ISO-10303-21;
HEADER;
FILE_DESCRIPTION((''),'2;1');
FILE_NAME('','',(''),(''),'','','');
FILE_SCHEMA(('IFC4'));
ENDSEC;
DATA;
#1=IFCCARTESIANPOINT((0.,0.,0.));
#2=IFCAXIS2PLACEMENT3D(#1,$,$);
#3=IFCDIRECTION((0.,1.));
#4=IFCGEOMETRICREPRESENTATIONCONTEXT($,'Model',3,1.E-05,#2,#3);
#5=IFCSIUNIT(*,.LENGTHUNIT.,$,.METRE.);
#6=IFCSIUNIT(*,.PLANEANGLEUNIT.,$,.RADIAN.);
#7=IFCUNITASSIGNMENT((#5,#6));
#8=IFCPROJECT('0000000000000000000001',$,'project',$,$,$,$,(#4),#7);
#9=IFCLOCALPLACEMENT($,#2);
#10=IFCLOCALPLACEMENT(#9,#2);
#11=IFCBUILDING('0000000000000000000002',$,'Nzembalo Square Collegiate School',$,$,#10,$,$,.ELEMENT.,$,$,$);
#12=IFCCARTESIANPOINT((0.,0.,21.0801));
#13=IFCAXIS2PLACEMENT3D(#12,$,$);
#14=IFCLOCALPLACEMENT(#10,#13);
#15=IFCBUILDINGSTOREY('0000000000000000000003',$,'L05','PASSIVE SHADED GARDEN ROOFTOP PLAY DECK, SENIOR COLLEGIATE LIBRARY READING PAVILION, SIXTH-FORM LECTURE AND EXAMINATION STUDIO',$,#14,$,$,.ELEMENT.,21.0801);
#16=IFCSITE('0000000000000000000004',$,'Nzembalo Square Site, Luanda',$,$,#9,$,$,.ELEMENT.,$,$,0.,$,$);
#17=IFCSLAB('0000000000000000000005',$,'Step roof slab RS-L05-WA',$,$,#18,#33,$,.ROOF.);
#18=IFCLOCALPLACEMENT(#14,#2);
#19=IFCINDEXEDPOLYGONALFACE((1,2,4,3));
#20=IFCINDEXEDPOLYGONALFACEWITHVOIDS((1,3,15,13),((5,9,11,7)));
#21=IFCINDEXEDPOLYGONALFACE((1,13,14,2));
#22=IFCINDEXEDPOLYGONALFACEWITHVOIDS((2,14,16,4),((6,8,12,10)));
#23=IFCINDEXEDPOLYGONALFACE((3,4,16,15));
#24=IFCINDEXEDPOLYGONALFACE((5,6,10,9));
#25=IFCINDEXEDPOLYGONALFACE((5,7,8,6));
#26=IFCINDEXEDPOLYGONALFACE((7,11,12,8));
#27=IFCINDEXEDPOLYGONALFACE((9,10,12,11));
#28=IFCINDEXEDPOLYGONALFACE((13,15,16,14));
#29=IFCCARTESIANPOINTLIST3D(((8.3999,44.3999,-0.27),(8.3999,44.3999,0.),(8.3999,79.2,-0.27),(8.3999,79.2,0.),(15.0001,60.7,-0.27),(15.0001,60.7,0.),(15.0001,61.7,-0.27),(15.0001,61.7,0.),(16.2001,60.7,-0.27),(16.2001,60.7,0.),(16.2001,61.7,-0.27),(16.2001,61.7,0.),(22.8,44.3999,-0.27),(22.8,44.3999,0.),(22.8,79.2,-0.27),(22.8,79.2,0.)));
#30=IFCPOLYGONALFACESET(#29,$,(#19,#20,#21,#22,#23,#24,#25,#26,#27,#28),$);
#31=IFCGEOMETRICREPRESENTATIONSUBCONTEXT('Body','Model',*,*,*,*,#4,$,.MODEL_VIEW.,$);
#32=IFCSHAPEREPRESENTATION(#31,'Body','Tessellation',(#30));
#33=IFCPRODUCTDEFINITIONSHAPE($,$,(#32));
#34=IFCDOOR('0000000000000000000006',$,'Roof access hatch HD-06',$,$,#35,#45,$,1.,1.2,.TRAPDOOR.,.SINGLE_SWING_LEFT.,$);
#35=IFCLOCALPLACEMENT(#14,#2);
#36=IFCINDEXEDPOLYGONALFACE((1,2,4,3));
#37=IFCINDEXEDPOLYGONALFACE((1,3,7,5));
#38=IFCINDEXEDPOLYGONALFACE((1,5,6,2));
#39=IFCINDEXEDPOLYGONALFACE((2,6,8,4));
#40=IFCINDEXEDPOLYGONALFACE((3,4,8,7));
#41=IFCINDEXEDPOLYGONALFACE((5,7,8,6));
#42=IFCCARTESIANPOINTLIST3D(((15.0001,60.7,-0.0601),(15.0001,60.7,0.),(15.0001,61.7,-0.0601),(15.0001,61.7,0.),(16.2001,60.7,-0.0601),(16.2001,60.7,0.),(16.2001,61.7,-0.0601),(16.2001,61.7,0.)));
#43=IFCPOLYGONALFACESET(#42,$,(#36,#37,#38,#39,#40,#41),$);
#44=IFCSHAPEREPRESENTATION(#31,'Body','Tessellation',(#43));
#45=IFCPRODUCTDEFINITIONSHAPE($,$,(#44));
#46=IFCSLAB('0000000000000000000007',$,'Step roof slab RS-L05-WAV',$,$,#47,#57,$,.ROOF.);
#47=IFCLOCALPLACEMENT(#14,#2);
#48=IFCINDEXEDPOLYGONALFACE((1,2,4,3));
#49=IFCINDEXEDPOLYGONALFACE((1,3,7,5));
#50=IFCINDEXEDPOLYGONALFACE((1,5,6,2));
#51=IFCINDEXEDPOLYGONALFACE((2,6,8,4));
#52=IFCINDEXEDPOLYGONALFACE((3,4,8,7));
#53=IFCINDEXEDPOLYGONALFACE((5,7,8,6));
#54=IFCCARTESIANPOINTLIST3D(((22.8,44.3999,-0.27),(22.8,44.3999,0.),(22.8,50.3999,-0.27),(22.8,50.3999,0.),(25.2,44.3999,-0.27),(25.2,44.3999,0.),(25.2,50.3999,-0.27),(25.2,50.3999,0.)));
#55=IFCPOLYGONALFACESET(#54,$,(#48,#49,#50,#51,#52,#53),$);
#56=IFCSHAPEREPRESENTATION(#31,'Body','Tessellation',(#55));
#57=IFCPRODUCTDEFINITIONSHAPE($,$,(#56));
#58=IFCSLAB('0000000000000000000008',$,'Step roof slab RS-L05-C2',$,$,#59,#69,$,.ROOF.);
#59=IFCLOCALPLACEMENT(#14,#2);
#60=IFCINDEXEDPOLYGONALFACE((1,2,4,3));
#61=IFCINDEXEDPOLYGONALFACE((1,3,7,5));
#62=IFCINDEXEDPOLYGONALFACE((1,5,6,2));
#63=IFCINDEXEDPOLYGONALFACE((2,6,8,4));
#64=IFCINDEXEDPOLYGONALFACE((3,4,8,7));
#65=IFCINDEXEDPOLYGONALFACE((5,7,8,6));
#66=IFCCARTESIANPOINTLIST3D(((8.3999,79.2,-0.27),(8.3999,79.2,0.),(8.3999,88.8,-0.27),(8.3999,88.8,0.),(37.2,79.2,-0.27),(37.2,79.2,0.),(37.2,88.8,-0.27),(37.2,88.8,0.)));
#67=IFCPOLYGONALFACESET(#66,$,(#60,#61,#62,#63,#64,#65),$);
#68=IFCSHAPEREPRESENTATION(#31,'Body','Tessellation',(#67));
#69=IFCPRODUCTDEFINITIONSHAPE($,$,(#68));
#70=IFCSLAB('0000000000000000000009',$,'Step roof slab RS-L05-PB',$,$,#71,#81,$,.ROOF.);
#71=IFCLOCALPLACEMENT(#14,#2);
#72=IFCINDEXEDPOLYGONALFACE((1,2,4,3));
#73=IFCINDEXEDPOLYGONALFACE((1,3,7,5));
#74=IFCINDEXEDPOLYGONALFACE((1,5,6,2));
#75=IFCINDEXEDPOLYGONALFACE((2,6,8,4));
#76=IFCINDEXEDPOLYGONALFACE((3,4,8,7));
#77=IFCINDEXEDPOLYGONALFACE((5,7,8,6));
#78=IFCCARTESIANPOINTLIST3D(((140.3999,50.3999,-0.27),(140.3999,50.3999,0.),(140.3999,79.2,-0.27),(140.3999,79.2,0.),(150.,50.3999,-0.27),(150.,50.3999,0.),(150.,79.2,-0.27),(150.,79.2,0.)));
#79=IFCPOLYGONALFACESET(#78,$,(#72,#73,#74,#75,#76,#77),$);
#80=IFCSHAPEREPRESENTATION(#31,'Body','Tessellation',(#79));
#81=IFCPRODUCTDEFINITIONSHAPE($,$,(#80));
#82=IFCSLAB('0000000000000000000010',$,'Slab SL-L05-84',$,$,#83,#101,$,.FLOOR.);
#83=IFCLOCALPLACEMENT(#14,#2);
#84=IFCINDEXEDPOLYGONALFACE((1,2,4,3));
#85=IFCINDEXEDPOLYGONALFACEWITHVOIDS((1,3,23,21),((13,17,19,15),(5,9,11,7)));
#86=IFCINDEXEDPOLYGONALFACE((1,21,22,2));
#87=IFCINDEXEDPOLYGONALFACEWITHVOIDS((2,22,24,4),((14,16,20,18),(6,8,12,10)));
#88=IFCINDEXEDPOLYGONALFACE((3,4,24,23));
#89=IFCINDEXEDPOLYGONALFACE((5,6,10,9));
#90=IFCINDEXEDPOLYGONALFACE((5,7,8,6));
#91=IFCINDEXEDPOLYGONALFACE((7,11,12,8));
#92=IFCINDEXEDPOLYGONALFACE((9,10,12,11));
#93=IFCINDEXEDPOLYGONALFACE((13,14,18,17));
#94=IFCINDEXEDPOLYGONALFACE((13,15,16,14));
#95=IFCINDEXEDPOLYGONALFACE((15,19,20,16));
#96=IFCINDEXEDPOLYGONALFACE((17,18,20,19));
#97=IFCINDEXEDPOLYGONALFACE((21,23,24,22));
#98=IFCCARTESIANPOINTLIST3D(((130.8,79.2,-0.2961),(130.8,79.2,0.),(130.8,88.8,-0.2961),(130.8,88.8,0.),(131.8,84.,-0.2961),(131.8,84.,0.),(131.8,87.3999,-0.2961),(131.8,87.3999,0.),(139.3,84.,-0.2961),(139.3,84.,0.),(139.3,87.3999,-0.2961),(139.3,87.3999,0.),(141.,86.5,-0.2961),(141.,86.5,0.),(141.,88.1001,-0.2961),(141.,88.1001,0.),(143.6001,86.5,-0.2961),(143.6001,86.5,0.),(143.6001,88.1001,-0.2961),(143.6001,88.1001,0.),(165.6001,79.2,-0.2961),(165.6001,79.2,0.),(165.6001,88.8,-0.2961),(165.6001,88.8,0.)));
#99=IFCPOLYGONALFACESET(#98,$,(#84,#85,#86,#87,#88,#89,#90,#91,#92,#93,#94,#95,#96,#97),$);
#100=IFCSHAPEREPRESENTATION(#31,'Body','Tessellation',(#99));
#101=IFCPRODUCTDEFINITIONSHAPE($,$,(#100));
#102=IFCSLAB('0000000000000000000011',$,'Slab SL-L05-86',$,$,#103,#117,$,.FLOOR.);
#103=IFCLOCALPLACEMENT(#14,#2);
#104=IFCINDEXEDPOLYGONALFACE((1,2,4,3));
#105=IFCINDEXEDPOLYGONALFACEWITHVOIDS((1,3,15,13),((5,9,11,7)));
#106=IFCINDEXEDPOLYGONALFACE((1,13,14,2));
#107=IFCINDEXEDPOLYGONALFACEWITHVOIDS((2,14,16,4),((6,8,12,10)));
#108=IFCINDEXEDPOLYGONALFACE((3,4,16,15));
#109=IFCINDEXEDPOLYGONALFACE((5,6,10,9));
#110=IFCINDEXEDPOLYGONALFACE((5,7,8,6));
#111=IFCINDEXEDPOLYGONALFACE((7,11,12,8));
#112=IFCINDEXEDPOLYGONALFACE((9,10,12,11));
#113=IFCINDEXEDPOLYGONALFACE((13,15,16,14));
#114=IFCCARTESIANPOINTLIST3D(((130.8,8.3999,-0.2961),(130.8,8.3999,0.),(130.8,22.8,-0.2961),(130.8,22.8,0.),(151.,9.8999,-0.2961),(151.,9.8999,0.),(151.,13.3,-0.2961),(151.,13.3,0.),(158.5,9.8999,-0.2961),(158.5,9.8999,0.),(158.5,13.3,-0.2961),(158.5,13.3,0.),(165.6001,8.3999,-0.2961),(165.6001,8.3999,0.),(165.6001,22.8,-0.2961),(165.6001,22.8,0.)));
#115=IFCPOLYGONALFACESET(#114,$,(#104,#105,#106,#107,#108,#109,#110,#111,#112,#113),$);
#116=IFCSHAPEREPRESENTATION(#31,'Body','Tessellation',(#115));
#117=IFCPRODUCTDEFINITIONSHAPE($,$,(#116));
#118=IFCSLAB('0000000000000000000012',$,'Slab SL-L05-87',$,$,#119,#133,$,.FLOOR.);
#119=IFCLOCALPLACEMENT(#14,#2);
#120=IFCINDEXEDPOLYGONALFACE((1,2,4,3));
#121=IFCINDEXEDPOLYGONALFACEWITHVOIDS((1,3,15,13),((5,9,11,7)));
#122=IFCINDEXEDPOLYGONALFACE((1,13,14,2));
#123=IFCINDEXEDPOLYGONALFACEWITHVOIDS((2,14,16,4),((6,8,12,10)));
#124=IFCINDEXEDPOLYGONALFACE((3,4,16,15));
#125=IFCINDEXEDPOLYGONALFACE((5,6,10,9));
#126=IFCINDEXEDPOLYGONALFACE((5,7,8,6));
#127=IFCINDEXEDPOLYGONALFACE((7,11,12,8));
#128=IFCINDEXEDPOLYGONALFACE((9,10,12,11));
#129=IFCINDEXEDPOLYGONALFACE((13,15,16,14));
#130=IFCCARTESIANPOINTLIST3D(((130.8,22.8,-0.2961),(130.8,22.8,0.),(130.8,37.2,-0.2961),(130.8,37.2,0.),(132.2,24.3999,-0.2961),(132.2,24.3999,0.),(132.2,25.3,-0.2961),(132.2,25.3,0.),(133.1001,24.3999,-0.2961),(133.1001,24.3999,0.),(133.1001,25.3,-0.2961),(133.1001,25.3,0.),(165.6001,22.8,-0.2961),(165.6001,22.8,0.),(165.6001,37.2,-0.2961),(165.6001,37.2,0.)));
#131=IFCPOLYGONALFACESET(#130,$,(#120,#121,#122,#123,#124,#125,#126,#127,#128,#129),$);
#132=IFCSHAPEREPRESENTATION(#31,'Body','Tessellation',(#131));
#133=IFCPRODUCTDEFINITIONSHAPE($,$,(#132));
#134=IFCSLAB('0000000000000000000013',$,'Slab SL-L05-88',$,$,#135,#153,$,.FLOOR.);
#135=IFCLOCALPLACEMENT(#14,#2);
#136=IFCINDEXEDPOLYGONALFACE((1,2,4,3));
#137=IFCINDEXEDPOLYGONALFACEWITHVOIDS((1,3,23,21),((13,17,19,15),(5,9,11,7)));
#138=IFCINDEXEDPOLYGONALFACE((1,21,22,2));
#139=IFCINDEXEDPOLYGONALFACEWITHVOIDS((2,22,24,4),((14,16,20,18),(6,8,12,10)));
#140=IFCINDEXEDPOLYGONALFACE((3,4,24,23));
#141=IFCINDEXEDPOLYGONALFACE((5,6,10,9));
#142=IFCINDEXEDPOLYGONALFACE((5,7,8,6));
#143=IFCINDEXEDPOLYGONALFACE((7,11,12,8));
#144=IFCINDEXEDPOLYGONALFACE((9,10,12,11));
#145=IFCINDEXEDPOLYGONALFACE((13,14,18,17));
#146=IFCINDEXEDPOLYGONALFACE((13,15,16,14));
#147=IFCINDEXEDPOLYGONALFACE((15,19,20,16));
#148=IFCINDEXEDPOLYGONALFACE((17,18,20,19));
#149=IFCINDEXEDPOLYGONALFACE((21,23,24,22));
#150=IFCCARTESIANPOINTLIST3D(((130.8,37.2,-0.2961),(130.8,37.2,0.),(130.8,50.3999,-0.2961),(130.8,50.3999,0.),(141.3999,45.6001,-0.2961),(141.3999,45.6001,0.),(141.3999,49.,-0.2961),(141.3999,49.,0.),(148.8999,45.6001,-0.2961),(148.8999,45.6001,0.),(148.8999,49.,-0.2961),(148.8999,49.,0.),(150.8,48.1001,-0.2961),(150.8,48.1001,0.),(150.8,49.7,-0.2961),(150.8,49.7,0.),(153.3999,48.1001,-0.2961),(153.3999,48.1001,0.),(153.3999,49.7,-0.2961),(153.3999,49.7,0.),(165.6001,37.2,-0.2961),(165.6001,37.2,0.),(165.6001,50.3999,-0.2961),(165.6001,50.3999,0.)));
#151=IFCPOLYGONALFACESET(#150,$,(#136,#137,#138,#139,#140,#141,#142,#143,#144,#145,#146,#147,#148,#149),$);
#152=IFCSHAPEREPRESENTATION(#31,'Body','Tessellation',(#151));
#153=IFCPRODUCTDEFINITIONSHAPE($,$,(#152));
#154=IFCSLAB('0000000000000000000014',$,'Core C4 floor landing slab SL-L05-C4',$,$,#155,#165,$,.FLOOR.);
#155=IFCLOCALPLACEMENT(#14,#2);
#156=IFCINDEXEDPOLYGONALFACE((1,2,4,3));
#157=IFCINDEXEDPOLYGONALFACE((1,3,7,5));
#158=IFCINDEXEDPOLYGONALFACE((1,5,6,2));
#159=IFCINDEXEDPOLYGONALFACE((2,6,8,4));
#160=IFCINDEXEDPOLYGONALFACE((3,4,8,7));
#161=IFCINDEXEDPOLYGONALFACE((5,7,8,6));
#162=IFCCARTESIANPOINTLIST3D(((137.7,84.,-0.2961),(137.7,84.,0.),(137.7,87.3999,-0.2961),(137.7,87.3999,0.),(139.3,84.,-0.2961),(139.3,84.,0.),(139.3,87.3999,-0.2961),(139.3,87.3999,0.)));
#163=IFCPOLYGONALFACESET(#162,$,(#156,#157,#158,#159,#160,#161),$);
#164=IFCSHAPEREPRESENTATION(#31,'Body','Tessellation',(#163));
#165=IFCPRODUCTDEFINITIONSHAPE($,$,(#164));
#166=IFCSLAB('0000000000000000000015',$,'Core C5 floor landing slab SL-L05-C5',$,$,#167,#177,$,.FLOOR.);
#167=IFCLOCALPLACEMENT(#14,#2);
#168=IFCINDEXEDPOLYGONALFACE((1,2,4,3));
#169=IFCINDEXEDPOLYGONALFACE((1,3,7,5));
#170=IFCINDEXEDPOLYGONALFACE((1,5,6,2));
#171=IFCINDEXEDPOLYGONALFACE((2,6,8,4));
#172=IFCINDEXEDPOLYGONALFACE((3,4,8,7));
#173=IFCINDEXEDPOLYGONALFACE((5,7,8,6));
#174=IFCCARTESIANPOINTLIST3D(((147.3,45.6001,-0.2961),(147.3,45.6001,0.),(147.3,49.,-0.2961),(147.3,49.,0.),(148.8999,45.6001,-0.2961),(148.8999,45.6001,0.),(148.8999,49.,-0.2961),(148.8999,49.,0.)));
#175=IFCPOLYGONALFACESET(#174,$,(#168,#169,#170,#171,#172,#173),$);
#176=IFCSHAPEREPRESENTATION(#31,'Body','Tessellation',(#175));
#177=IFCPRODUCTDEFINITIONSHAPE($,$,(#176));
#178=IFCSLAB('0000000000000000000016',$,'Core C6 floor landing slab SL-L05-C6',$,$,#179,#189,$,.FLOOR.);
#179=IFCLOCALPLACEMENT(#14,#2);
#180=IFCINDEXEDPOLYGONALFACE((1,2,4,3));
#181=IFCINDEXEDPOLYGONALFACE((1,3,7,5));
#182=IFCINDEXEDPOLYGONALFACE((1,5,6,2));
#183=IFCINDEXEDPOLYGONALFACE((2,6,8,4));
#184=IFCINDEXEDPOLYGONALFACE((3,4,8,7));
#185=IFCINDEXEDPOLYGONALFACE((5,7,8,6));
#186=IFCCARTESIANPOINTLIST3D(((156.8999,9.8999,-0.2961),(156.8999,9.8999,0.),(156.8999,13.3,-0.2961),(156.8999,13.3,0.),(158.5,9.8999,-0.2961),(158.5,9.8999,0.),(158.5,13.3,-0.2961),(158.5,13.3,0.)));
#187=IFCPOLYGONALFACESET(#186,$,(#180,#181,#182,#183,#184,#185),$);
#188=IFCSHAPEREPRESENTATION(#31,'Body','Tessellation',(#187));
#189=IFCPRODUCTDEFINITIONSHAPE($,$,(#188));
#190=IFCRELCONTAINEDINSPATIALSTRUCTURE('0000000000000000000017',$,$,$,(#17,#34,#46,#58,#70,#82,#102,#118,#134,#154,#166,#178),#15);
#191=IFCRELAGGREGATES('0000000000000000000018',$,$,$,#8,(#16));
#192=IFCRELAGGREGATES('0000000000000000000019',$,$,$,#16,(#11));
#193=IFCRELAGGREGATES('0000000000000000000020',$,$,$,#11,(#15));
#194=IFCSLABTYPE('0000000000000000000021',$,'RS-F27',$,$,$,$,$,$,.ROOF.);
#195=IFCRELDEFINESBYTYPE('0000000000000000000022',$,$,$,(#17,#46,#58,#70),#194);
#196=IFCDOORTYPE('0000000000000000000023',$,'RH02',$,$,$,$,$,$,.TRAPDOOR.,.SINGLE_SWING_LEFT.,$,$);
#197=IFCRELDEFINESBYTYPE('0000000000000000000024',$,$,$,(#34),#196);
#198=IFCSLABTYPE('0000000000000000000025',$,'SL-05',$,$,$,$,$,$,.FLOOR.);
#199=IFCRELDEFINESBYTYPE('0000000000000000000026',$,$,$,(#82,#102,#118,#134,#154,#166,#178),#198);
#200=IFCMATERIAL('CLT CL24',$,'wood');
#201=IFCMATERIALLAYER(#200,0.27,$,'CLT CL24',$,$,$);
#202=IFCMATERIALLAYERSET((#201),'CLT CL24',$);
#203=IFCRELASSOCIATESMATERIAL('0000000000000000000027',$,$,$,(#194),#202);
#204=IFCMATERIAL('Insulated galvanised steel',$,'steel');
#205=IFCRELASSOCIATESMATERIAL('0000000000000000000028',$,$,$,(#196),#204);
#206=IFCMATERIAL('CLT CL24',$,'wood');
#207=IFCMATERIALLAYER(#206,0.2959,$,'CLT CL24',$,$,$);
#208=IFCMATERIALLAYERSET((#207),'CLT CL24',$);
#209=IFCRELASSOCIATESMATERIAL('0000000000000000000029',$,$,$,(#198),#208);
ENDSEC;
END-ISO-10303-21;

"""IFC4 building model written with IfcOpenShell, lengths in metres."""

from ifc_helpers import new_model, si_unit, direction, frame, origin, origin_2d, place, context, subcontext, project, spatial, polyline, rectangle, outline, extrude, material, layer, layer_set, type_object, element, fill, save


model = new_model("IFC4")

# Units and contexts
model_context = context("Model", 3, precision=1e-05, world=origin(), true_north=direction((0.0, 1.0)))
body_context = subcontext(model_context, "Body", "Model", "MODEL_VIEW")
ifc_project = project(units=[si_unit("LENGTHUNIT", "METRE"), si_unit("PLANEANGLEUNIT", "RADIAN")], contexts=[model_context])

# Site, building, storey
site_placement = place(None, origin())
site = spatial("IfcSite", under=ifc_project, at=site_placement, Name="Nzembalo Square Site, Luanda", CompositionType="ELEMENT", RefElevation=0.0)
building_placement = place(site_placement, origin())
building = spatial("IfcBuilding", under=site, at=building_placement, Name="Nzembalo Square Collegiate School", CompositionType="ELEMENT")
storey_placement = place(building_placement, frame((0.0, 0.0, 21.0801)))
storey = spatial("IfcBuildingStorey", under=building, at=storey_placement, Name="L05", Description="PASSIVE SHADED GARDEN ROOFTOP PLAY DECK, SENIOR COLLEGIATE LIBRARY READING PAVILION, SIXTH-FORM LECTURE AND EXAMINATION STUDIO", CompositionType="ELEMENT", Elevation=21.0801)

# Slab, opening, door
ifc_material_1 = material(Name="CLT CL24", Category="wood")
ifc_layer_1 = layer(ifc_material_1, 0.27, Name="CLT CL24")
ifc_layer_set_1 = layer_set([ifc_layer_1], Name="CLT CL24")
slab_type_1 = type_object("IfcSlabType", Name="RS-F27", PredefinedType="ROOF", material=ifc_layer_set_1)
slab_1_placement = place(storey_placement, frame((0.0, 0.0, -0.27)))
slab_1 = element("IfcSlab", 1, at=slab_1_placement, inside=storey, type_object=slab_type_1, Name="Step roof slab RS-L05-WA", PredefinedType="ROOF", context=body_context, shape_type="SweptSolid", body=[
    extrude(outline(polyline([(8.3999, 44.3999), (22.8, 44.3999), (22.8, 79.2), (8.3999, 79.2), (8.3999, 44.3999)])), origin(), (0.0, 0.0, 1.0), 0.27),
])
opening_placement = place(slab_1_placement, frame((15.6001, 61.2, -0.01)))
opening = element("IfcOpeningElement", 2, at=opening_placement, cuts=slab_1, PredefinedType="OPENING", context=body_context, shape_type="SweptSolid", body=[
    extrude(rectangle(XDim=1.2, YDim=1.0, at=origin_2d()), origin(), (0.0, 0.0, 1.0), 0.29),
])
ifc_material_2 = material(Name="Insulated galvanised steel", Category="steel")
door_type = type_object("IfcDoorType", Name="RH02", OperationType="SINGLE_SWING_LEFT", PredefinedType="TRAPDOOR", material=ifc_material_2)
door_placement = place(slab_1_placement, frame((15.6001, 61.2, 0.21)))
door = element("IfcDoor", 3, at=door_placement, inside=storey, type_object=door_type, Name="Roof access hatch HD-06", OperationType="SINGLE_SWING_LEFT", OverallHeight=1.0, OverallWidth=1.2, PredefinedType="TRAPDOOR", context=body_context, shape_type="SweptSolid", body=[
    extrude(rectangle(XDim=1.2, YDim=1.0, at=origin_2d()), origin(), (0.0, 0.0, 1.0), 0.0601),
])
fill(opening, door)

# Slabs
slab_2_placement = place(storey_placement, frame((0.0, 0.0, -0.27)))
element("IfcSlab", 4, at=slab_2_placement, inside=storey, type_object=slab_type_1, Name="Step roof slab RS-L05-WAV", PredefinedType="ROOF", context=body_context, shape_type="SweptSolid", body=[
    extrude(outline(polyline([(22.8, 44.3999), (25.2, 44.3999), (25.2, 50.3999), (22.8, 50.3999), (22.8, 44.3999)])), origin(), (0.0, 0.0, 1.0), 0.27),
])
slab_3_placement = place(storey_placement, frame((0.0, 0.0, -0.27)))
element("IfcSlab", 5, at=slab_3_placement, inside=storey, type_object=slab_type_1, Name="Step roof slab RS-L05-C2", PredefinedType="ROOF", context=body_context, shape_type="SweptSolid", body=[
    extrude(outline(polyline([(8.3999, 79.2), (37.2, 79.2), (37.2, 88.8), (8.3999, 88.8), (8.3999, 79.2)])), origin(), (0.0, 0.0, 1.0), 0.27),
])
slab_4_placement = place(storey_placement, frame((0.0, 0.0, -0.27)))
element("IfcSlab", 6, at=slab_4_placement, inside=storey, type_object=slab_type_1, Name="Step roof slab RS-L05-PB", PredefinedType="ROOF", context=body_context, shape_type="SweptSolid", body=[
    extrude(outline(polyline([(140.3999, 50.3999), (150.0, 50.3999), (150.0, 79.2), (140.3999, 79.2), (140.3999, 50.3999)])), origin(), (0.0, 0.0, 1.0), 0.27),
])
ifc_material_3 = material(Name="CLT CL24", Category="wood")
ifc_layer_2 = layer(ifc_material_3, 0.2959, Name="CLT CL24")
ifc_layer_set_2 = layer_set([ifc_layer_2], Name="CLT CL24")
slab_type_2 = type_object("IfcSlabType", Name="SL-05", PredefinedType="FLOOR", material=ifc_layer_set_2)
slab_5_placement = place(storey_placement, frame((0.0, 0.0, -0.2961)))
element("IfcSlab", 7, at=slab_5_placement, inside=storey, type_object=slab_type_2, Name="Slab SL-L05-84", PredefinedType="FLOOR", context=body_context, shape_type="SweptSolid", body=[
    extrude(outline(polyline([(130.8, 79.2), (165.6001, 79.2), (165.6001, 88.8), (130.8, 88.8), (130.8, 79.2)]), holes=[polyline([(141.0, 86.5), (143.6001, 86.5), (143.6001, 88.1001), (141.0, 88.1001), (141.0, 86.5)]), polyline([(139.3, 87.3999), (131.8, 87.3999), (131.8, 84.0), (139.3, 84.0), (139.3, 87.3999)])]), origin(), (0.0, 0.0, 1.0), 0.2961),
])
slab_6_placement = place(storey_placement, frame((0.0, 0.0, -0.2961)))
element("IfcSlab", 8, at=slab_6_placement, inside=storey, type_object=slab_type_2, Name="Slab SL-L05-86", PredefinedType="FLOOR", context=body_context, shape_type="SweptSolid", body=[
    extrude(outline(polyline([(130.8, 8.3999), (165.6001, 8.3999), (165.6001, 22.8), (130.8, 22.8), (130.8, 8.3999)]), holes=[polyline([(158.5, 13.3), (151.0, 13.3), (151.0, 9.8999), (158.5, 9.8999), (158.5, 13.3)])]), origin(), (0.0, 0.0, 1.0), 0.2961),
])
slab_7_placement = place(storey_placement, frame((0.0, 0.0, -0.2961)))
element("IfcSlab", 9, at=slab_7_placement, inside=storey, type_object=slab_type_2, Name="Slab SL-L05-87", PredefinedType="FLOOR", context=body_context, shape_type="SweptSolid", body=[
    extrude(outline(polyline([(130.8, 22.8), (165.6001, 22.8), (165.6001, 37.2), (130.8, 37.2), (130.8, 22.8)]), holes=[polyline([(132.2, 24.3999), (133.1001, 24.3999), (133.1001, 25.3), (132.2, 25.3), (132.2, 24.3999)])]), origin(), (0.0, 0.0, 1.0), 0.2961),
])
slab_8_placement = place(storey_placement, frame((0.0, 0.0, -0.2961)))
element("IfcSlab", 10, at=slab_8_placement, inside=storey, type_object=slab_type_2, Name="Slab SL-L05-88", PredefinedType="FLOOR", context=body_context, shape_type="SweptSolid", body=[
    extrude(outline(polyline([(130.8, 37.2), (165.6001, 37.2), (165.6001, 50.3999), (130.8, 50.3999), (130.8, 37.2)]), holes=[polyline([(150.8, 48.1001), (153.3999, 48.1001), (153.3999, 49.7), (150.8, 49.7), (150.8, 48.1001)]), polyline([(148.8999, 49.0), (141.3999, 49.0), (141.3999, 45.6001), (148.8999, 45.6001), (148.8999, 49.0)])]), origin(), (0.0, 0.0, 1.0), 0.2961),
])
slab_9_placement = place(storey_placement, frame((0.0, 0.0, -0.2961)))
element("IfcSlab", 11, at=slab_9_placement, inside=storey, type_object=slab_type_2, Name="Core C4 floor landing slab SL-L05-C4", PredefinedType="FLOOR", context=body_context, shape_type="SweptSolid", body=[
    extrude(outline(polyline([(137.7, 84.0), (139.3, 84.0), (139.3, 87.3999), (137.7, 87.3999), (137.7, 84.0)])), origin(), (0.0, 0.0, 1.0), 0.2961),
])
slab_10_placement = place(storey_placement, frame((0.0, 0.0, -0.2961)))
element("IfcSlab", 12, at=slab_10_placement, inside=storey, type_object=slab_type_2, Name="Core C5 floor landing slab SL-L05-C5", PredefinedType="FLOOR", context=body_context, shape_type="SweptSolid", body=[
    extrude(outline(polyline([(147.3, 45.6001), (148.8999, 45.6001), (148.8999, 49.0), (147.3, 49.0), (147.3, 45.6001)])), origin(), (0.0, 0.0, 1.0), 0.2961),
])
slab_11_placement = place(storey_placement, frame((0.0, 0.0, -0.2961)))
element("IfcSlab", 13, at=slab_11_placement, inside=storey, type_object=slab_type_2, Name="Core C6 floor landing slab SL-L05-C6", PredefinedType="FLOOR", context=body_context, shape_type="SweptSolid", body=[
    extrude(outline(polyline([(156.8999, 9.8999), (158.5, 9.8999), (158.5, 13.3), (156.8999, 13.3), (156.8999, 9.8999)])), origin(), (0.0, 0.0, 1.0), 0.2961),
])

save(model, "model.ifc")
